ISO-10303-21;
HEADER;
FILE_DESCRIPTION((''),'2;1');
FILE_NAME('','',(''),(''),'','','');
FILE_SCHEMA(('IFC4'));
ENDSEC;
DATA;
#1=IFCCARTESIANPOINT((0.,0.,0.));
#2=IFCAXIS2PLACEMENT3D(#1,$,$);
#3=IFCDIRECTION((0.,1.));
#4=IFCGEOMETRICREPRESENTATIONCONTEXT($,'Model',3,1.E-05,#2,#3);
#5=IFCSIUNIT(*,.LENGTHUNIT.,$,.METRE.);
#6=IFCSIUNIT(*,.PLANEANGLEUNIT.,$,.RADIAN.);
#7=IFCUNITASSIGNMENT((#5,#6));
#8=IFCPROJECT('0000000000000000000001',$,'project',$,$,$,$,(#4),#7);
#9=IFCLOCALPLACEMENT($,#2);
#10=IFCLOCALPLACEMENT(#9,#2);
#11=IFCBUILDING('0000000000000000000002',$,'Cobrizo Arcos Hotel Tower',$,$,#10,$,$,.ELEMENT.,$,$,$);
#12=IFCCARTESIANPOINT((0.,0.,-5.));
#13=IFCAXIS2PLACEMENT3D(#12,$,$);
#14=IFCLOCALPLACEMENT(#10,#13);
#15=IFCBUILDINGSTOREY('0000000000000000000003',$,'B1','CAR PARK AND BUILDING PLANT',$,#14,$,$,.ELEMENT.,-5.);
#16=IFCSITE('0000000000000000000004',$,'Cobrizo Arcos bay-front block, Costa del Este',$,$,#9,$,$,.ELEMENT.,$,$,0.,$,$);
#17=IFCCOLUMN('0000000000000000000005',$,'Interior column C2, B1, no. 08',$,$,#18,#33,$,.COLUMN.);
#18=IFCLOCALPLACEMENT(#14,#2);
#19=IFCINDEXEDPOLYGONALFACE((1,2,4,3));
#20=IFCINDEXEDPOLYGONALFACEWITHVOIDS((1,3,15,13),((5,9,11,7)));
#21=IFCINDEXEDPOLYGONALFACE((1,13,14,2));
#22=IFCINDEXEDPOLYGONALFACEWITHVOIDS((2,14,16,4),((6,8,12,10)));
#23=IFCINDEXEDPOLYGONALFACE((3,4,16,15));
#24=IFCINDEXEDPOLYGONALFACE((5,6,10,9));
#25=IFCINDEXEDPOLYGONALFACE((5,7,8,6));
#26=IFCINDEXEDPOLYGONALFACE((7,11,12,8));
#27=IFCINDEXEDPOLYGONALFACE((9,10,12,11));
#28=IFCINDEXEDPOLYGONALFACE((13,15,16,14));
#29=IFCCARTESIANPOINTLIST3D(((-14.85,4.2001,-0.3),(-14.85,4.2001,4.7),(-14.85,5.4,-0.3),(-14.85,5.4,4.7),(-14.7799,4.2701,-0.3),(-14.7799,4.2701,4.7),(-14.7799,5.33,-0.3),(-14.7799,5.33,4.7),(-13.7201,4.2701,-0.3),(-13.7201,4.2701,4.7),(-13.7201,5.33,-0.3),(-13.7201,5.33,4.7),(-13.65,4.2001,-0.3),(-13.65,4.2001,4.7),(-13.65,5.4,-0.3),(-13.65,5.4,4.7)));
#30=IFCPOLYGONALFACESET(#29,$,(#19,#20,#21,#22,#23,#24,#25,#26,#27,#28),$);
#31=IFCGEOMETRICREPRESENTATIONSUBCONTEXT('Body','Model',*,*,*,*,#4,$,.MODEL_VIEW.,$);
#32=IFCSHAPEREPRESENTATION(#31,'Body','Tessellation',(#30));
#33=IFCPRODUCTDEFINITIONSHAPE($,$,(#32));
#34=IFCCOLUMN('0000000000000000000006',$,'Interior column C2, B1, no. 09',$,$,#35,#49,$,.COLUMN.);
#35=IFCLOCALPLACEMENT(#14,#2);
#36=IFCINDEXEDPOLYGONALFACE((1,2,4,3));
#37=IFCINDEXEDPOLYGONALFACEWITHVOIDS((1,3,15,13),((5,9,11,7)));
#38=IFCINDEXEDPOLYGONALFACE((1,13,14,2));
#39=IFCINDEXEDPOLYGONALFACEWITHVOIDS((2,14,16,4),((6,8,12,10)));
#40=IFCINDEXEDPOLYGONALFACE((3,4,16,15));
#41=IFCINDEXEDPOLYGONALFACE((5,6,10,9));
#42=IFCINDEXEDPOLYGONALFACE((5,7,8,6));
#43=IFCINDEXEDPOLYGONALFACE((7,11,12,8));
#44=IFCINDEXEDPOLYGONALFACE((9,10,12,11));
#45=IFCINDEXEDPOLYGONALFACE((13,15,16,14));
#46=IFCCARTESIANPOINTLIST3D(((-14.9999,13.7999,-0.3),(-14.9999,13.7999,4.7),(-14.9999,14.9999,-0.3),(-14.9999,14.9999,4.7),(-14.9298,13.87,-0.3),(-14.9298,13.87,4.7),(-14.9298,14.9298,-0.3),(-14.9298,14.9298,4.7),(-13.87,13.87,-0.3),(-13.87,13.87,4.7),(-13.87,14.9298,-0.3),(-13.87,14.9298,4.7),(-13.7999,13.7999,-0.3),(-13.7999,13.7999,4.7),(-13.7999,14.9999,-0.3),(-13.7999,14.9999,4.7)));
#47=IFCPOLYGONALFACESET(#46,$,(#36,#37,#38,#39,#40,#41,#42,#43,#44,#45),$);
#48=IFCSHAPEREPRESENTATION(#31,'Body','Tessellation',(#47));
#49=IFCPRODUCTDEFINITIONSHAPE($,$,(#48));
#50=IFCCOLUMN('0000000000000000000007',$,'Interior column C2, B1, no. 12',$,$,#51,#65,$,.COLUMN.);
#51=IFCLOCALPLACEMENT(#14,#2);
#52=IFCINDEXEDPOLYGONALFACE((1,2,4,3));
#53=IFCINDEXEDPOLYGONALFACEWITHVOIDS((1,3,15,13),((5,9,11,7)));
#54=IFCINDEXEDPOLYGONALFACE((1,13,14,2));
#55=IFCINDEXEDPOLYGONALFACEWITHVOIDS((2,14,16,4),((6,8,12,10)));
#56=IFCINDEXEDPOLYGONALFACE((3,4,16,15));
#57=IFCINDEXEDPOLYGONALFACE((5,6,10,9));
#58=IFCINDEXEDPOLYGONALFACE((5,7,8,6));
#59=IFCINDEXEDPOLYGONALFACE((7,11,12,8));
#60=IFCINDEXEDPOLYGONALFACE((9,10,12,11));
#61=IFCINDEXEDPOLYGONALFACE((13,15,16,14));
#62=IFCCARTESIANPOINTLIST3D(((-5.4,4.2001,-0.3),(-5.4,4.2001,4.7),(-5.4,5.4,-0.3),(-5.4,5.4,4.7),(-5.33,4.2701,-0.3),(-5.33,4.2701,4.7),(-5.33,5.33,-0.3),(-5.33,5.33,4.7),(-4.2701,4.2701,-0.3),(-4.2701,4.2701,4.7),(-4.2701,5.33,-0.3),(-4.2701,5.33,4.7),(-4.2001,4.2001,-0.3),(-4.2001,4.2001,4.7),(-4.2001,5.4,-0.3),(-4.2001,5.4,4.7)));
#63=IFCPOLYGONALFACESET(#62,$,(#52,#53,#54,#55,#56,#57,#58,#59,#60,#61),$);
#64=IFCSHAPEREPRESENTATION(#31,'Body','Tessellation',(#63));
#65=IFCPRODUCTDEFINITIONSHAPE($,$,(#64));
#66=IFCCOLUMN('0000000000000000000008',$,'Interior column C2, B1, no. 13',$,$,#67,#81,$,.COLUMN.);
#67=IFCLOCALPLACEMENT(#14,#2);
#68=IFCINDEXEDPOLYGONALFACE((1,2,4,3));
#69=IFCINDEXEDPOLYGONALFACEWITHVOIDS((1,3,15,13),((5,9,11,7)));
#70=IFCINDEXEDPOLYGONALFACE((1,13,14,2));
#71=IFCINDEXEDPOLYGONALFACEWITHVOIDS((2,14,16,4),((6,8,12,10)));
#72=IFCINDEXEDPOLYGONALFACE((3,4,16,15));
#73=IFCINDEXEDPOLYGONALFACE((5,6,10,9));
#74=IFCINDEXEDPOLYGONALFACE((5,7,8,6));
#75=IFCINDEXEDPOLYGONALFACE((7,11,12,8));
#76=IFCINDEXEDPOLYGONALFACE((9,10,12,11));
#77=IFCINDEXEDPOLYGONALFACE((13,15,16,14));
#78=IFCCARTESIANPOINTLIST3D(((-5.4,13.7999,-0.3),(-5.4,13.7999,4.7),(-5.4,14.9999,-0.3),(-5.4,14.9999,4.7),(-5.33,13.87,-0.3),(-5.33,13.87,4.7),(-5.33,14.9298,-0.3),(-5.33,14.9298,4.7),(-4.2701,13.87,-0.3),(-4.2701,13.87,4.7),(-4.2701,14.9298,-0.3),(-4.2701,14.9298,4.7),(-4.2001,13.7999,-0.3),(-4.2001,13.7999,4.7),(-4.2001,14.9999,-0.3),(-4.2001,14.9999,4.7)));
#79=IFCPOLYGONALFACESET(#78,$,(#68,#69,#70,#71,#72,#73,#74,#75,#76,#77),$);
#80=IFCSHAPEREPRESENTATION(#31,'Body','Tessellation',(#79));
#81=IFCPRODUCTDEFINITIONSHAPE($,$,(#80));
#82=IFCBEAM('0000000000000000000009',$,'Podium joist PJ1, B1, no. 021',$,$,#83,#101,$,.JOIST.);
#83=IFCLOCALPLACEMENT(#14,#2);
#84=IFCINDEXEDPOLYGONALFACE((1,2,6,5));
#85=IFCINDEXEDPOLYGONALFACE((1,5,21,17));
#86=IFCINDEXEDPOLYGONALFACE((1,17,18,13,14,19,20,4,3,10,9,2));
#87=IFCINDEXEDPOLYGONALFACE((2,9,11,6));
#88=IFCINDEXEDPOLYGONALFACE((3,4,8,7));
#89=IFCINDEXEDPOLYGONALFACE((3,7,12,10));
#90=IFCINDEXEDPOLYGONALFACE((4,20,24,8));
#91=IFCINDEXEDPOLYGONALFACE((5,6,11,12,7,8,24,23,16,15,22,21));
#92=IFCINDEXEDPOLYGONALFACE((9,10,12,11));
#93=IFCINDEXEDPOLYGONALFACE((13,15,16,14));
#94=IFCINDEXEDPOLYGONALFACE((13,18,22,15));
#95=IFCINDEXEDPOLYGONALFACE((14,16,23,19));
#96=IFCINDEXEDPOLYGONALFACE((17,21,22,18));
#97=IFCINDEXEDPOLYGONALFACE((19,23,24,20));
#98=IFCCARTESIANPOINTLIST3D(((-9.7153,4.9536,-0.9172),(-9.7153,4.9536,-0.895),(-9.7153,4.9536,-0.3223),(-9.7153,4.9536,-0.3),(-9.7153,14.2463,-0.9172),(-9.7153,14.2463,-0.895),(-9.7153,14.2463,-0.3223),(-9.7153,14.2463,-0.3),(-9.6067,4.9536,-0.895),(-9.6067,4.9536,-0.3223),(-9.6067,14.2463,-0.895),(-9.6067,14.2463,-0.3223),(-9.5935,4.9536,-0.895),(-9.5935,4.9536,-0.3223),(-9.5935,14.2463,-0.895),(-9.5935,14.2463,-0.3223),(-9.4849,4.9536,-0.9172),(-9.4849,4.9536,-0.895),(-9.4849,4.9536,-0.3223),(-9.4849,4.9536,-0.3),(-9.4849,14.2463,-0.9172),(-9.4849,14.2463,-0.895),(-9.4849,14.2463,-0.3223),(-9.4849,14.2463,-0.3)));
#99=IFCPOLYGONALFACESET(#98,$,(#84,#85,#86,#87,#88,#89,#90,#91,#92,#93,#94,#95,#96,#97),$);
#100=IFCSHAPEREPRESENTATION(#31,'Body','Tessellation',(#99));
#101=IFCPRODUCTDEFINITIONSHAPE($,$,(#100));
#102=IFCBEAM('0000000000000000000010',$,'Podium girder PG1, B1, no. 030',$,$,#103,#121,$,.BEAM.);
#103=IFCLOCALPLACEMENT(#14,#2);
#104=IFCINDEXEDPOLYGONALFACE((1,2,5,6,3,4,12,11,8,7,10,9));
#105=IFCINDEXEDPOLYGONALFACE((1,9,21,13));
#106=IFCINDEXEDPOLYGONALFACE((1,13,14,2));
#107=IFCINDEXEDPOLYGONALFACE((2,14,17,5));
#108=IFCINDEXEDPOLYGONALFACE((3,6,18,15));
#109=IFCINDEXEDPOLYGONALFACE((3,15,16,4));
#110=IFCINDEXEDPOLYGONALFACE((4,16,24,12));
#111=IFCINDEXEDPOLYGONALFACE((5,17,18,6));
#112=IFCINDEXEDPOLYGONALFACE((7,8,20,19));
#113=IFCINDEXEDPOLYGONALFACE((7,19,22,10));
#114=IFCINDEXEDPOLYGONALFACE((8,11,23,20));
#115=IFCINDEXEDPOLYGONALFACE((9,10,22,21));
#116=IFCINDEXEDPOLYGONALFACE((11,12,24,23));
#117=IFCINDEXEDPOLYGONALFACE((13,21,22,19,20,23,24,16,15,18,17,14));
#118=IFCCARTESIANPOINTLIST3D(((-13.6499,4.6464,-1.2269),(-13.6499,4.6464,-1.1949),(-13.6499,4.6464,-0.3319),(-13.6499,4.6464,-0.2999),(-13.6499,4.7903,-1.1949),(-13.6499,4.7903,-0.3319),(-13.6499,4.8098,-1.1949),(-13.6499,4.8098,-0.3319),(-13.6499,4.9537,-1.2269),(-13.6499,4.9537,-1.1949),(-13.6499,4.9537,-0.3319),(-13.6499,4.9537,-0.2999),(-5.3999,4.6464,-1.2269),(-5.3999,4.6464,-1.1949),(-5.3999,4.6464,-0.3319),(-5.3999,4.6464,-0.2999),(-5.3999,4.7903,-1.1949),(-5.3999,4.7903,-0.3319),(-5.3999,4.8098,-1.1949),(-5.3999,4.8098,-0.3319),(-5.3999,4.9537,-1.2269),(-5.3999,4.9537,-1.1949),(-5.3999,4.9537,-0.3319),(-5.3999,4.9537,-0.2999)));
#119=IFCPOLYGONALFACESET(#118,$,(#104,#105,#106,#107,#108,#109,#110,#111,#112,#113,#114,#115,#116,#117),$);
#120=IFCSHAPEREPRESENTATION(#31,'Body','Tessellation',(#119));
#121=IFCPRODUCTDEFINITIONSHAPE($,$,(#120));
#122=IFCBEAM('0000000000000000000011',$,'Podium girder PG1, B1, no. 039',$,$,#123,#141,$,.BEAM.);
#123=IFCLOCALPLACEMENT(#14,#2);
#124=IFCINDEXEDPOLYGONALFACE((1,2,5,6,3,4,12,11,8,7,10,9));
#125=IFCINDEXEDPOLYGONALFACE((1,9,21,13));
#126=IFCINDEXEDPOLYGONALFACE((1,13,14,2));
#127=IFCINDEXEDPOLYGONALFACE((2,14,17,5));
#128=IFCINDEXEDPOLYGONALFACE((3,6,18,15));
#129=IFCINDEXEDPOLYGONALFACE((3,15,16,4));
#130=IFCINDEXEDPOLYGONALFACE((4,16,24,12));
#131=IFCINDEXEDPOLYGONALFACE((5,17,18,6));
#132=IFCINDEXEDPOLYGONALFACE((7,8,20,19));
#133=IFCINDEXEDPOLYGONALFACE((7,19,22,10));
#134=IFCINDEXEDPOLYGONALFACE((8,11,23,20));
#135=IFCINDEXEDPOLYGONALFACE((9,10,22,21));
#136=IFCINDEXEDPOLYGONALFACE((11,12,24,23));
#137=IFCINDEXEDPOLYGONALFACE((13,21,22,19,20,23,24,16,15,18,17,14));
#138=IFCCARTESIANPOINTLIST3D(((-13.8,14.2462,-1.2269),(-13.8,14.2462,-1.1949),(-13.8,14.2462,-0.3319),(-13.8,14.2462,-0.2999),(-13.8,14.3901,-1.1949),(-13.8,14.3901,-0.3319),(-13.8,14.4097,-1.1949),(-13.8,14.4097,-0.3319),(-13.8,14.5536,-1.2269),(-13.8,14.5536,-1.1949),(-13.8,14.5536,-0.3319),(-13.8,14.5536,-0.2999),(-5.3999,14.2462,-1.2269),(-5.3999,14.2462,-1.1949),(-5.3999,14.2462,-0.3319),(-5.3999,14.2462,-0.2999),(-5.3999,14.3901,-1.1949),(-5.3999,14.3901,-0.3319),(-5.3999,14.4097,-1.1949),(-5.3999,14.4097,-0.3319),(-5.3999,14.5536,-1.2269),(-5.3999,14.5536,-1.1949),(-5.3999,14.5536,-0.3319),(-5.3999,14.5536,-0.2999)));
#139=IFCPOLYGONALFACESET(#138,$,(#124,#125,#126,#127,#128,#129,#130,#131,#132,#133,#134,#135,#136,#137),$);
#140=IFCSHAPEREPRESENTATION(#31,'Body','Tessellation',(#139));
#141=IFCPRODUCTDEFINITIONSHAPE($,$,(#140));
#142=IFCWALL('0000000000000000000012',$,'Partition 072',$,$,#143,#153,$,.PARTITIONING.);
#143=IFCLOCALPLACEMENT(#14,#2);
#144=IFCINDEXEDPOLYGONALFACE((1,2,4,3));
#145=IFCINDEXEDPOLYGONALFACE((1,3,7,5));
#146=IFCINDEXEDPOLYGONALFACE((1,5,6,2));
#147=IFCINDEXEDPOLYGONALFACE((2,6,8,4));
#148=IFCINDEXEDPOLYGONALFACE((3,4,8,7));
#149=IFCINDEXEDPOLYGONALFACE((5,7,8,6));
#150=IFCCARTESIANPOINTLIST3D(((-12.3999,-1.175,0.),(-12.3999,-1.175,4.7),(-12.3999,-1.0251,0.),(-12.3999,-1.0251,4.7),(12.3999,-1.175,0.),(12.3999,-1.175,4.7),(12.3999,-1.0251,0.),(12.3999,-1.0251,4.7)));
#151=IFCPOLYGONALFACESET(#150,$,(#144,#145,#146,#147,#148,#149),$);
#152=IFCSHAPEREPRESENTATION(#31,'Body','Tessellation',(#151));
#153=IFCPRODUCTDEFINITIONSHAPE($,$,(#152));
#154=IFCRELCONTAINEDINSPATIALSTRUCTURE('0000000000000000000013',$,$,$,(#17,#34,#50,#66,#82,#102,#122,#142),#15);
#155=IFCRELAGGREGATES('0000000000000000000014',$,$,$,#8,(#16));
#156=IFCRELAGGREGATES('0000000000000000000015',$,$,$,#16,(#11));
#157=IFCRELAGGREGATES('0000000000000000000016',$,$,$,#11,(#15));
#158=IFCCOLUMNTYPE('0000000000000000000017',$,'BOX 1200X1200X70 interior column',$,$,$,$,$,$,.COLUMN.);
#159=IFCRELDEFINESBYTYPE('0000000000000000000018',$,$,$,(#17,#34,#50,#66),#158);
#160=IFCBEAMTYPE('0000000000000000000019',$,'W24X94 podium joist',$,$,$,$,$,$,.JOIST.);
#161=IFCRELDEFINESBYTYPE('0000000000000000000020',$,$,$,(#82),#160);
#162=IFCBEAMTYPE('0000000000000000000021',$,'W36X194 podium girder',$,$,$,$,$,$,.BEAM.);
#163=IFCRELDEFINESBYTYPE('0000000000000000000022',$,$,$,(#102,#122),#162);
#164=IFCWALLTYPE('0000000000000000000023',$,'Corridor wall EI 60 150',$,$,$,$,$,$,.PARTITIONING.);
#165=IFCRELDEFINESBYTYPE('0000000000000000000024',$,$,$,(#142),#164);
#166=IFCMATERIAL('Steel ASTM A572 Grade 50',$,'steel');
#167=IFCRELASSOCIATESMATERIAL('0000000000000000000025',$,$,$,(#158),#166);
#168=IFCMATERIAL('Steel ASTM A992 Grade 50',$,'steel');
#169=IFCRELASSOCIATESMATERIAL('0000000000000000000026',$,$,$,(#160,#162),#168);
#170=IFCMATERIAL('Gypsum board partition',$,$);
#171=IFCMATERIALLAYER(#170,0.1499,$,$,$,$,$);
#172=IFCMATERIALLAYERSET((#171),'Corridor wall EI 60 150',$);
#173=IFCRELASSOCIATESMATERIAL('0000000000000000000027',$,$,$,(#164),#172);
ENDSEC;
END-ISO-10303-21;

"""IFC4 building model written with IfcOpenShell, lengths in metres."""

from ifc_helpers import new_model, si_unit, direction, frame, frame_2d, origin, origin_2d, place, context, subcontext, project, spatial, rectangle, hollow_rectangle, i_section, extrude, material, layer, layer_set, material_profile, profile_set, type_object, element, save


model = new_model("IFC4")

# Units and contexts
model_context = context("Model", 3, precision=1e-05, world=origin(), true_north=direction((0.0, 1.0)))
body_context = subcontext(model_context, "Body", "Model", "MODEL_VIEW")
ifc_project = project(units=[si_unit("LENGTHUNIT", "METRE"), si_unit("PLANEANGLEUNIT", "RADIAN")], contexts=[model_context])

# Site, building, storey
site_placement = place(None, origin())
site = spatial("IfcSite", under=ifc_project, at=site_placement, Name="Cobrizo Arcos bay-front block, Costa del Este", CompositionType="ELEMENT", RefElevation=0.0)
building_placement = place(site_placement, origin())
building = spatial("IfcBuilding", under=site, at=building_placement, Name="Cobrizo Arcos Hotel Tower", CompositionType="ELEMENT")
storey_placement = place(building_placement, frame((0.0, 0.0, -5.0)))
storey = spatial("IfcBuildingStorey", under=building, at=storey_placement, Name="B1", Description="CAR PARK AND BUILDING PLANT", CompositionType="ELEMENT", Elevation=-5.0)

# Columns
ifc_material_1 = material(Name="Steel ASTM A572 Grade 50", Category="steel")
ifc_material_profile_1 = material_profile(ifc_material_1, hollow_rectangle(XDim=1.2, YDim=1.2, WallThickness=0.0701, at=origin_2d()), Name="BOX 1200X1200X70")
ifc_profile_set_1 = profile_set([ifc_material_profile_1], Name="Steel ASTM A572 Grade 50")
column_type = type_object("IfcColumnType", Name="BOX 1200X1200X70 interior column", PredefinedType="COLUMN", material=ifc_profile_set_1)
for number, where, z_axis, x_axis, name in (
    (1, (-14.25, 4.8, -0.3), (0.0, 0.0, 1.0), (1.0, 0.0, 0.0), "Interior column C2, B1, no. 08"),
    (2, (-14.3999, 14.3999, -0.3), (0.0, 0.0, 1.0), (1.0, 0.0, 0.0), "Interior column C2, B1, no. 09"),
    (3, (-4.8, 4.8, -0.3), (0.0, 0.0, 1.0), (1.0, 0.0, 0.0), "Interior column C2, B1, no. 12"),
    (4, (-4.8, 14.3999, -0.3), (0.0, 0.0, 1.0), (1.0, 0.0, 0.0), "Interior column C2, B1, no. 13"),
):
    element("IfcColumn", number, at=place(storey_placement, frame(where, z_axis=z_axis, x_axis=x_axis)), inside=storey, type_object=column_type, Name=name, PredefinedType="COLUMN", context=body_context, shape_type="SweptSolid", body=[
        extrude(hollow_rectangle(XDim=1.2, YDim=1.2, WallThickness=0.0701, at=origin_2d()), origin(), (0.0, 0.0, 1.0), 5.0),
    ])

# Beams
ifc_material_2 = material(Name="Steel ASTM A992 Grade 50", Category="steel")
ifc_material_profile_2 = material_profile(ifc_material_2, i_section(OverallWidth=0.2305, OverallDepth=0.6172, WebThickness=0.0132, FlangeThickness=0.0222, at=origin_2d()), Name="W24X94")
ifc_profile_set_2 = profile_set([ifc_material_profile_2], Name="Steel ASTM A992 Grade 50")
beam_type_1 = type_object("IfcBeamType", Name="W24X94 podium joist", PredefinedType="JOIST", material=ifc_profile_set_2)
beam_1_placement = place(storey_placement, frame((-9.6001, 4.9536, -0.6086), z_axis=(0.0, 1.0, 0.0), x_axis=(-1.0, 0.0, 0.0)))
element("IfcBeam", 5, at=beam_1_placement, inside=storey, type_object=beam_type_1, Name="Podium joist PJ1, B1, no. 021", PredefinedType="JOIST", context=body_context, shape_type="SweptSolid", body=[
    extrude(i_section(OverallWidth=0.2305, OverallDepth=0.6172, WebThickness=0.0132, FlangeThickness=0.0222, at=origin_2d()), origin(), (0.0, 0.0, 1.0), 9.2927),
])
ifc_material_profile_3 = material_profile(ifc_material_2, i_section(OverallWidth=0.3074, OverallDepth=0.927, WebThickness=0.0195, FlangeThickness=0.032, at=origin_2d()), Name="W36X194")
ifc_profile_set_3 = profile_set([ifc_material_profile_3], Name="Steel ASTM A992 Grade 50")
beam_type_2 = type_object("IfcBeamType", Name="W36X194 podium girder", PredefinedType="BEAM", material=ifc_profile_set_3)
beam_2_placement = place(storey_placement, frame((-13.6499, 4.8, -0.7634), z_axis=(1.0, 0.0, 0.0), x_axis=(0.0, 1.0, 0.0)))
element("IfcBeam", 6, at=beam_2_placement, inside=storey, type_object=beam_type_2, Name="Podium girder PG1, B1, no. 030", PredefinedType="BEAM", context=body_context, shape_type="SweptSolid", body=[
    extrude(i_section(OverallWidth=0.3074, OverallDepth=0.927, WebThickness=0.0195, FlangeThickness=0.032, at=origin_2d()), origin(), (0.0, 0.0, 1.0), 8.25),
])
beam_3_placement = place(storey_placement, frame((-13.8, 14.3999, -0.7634), z_axis=(1.0, 0.0, 0.0), x_axis=(0.0, 1.0, 0.0)))
element("IfcBeam", 7, at=beam_3_placement, inside=storey, type_object=beam_type_2, Name="Podium girder PG1, B1, no. 039", PredefinedType="BEAM", context=body_context, shape_type="SweptSolid", body=[
    extrude(i_section(OverallWidth=0.3074, OverallDepth=0.927, WebThickness=0.0195, FlangeThickness=0.032, at=origin_2d()), origin(), (0.0, 0.0, 1.0), 8.4001),
])

# Wall
ifc_material_3 = material(Name="Gypsum board partition")
ifc_layer_1 = layer(ifc_material_3, 0.1499)
ifc_layer_set_1 = layer_set([ifc_layer_1], Name="Corridor wall EI 60 150")
wall_type_1 = type_object("IfcWallType", Name="Corridor wall EI 60 150", PredefinedType="PARTITIONING", material=ifc_layer_set_1)
wall_1_placement = place(storey_placement, frame((-12.3999, -1.1001, 0.0), z_axis=(0.0, 0.0, 1.0), x_axis=(1.0, 0.0, 0.0)))
element("IfcWall", 8, at=wall_1_placement, inside=storey, type_object=wall_type_1, Name="Partition 072", PredefinedType="PARTITIONING", context=body_context, shape_type="SweptSolid", body=[
    extrude(rectangle(XDim=24.7998, YDim=0.1499, at=frame_2d((12.3999, 0.0))), origin(), (0.0, 0.0, 1.0), 4.7),
])

save(model, "model.ifc")
